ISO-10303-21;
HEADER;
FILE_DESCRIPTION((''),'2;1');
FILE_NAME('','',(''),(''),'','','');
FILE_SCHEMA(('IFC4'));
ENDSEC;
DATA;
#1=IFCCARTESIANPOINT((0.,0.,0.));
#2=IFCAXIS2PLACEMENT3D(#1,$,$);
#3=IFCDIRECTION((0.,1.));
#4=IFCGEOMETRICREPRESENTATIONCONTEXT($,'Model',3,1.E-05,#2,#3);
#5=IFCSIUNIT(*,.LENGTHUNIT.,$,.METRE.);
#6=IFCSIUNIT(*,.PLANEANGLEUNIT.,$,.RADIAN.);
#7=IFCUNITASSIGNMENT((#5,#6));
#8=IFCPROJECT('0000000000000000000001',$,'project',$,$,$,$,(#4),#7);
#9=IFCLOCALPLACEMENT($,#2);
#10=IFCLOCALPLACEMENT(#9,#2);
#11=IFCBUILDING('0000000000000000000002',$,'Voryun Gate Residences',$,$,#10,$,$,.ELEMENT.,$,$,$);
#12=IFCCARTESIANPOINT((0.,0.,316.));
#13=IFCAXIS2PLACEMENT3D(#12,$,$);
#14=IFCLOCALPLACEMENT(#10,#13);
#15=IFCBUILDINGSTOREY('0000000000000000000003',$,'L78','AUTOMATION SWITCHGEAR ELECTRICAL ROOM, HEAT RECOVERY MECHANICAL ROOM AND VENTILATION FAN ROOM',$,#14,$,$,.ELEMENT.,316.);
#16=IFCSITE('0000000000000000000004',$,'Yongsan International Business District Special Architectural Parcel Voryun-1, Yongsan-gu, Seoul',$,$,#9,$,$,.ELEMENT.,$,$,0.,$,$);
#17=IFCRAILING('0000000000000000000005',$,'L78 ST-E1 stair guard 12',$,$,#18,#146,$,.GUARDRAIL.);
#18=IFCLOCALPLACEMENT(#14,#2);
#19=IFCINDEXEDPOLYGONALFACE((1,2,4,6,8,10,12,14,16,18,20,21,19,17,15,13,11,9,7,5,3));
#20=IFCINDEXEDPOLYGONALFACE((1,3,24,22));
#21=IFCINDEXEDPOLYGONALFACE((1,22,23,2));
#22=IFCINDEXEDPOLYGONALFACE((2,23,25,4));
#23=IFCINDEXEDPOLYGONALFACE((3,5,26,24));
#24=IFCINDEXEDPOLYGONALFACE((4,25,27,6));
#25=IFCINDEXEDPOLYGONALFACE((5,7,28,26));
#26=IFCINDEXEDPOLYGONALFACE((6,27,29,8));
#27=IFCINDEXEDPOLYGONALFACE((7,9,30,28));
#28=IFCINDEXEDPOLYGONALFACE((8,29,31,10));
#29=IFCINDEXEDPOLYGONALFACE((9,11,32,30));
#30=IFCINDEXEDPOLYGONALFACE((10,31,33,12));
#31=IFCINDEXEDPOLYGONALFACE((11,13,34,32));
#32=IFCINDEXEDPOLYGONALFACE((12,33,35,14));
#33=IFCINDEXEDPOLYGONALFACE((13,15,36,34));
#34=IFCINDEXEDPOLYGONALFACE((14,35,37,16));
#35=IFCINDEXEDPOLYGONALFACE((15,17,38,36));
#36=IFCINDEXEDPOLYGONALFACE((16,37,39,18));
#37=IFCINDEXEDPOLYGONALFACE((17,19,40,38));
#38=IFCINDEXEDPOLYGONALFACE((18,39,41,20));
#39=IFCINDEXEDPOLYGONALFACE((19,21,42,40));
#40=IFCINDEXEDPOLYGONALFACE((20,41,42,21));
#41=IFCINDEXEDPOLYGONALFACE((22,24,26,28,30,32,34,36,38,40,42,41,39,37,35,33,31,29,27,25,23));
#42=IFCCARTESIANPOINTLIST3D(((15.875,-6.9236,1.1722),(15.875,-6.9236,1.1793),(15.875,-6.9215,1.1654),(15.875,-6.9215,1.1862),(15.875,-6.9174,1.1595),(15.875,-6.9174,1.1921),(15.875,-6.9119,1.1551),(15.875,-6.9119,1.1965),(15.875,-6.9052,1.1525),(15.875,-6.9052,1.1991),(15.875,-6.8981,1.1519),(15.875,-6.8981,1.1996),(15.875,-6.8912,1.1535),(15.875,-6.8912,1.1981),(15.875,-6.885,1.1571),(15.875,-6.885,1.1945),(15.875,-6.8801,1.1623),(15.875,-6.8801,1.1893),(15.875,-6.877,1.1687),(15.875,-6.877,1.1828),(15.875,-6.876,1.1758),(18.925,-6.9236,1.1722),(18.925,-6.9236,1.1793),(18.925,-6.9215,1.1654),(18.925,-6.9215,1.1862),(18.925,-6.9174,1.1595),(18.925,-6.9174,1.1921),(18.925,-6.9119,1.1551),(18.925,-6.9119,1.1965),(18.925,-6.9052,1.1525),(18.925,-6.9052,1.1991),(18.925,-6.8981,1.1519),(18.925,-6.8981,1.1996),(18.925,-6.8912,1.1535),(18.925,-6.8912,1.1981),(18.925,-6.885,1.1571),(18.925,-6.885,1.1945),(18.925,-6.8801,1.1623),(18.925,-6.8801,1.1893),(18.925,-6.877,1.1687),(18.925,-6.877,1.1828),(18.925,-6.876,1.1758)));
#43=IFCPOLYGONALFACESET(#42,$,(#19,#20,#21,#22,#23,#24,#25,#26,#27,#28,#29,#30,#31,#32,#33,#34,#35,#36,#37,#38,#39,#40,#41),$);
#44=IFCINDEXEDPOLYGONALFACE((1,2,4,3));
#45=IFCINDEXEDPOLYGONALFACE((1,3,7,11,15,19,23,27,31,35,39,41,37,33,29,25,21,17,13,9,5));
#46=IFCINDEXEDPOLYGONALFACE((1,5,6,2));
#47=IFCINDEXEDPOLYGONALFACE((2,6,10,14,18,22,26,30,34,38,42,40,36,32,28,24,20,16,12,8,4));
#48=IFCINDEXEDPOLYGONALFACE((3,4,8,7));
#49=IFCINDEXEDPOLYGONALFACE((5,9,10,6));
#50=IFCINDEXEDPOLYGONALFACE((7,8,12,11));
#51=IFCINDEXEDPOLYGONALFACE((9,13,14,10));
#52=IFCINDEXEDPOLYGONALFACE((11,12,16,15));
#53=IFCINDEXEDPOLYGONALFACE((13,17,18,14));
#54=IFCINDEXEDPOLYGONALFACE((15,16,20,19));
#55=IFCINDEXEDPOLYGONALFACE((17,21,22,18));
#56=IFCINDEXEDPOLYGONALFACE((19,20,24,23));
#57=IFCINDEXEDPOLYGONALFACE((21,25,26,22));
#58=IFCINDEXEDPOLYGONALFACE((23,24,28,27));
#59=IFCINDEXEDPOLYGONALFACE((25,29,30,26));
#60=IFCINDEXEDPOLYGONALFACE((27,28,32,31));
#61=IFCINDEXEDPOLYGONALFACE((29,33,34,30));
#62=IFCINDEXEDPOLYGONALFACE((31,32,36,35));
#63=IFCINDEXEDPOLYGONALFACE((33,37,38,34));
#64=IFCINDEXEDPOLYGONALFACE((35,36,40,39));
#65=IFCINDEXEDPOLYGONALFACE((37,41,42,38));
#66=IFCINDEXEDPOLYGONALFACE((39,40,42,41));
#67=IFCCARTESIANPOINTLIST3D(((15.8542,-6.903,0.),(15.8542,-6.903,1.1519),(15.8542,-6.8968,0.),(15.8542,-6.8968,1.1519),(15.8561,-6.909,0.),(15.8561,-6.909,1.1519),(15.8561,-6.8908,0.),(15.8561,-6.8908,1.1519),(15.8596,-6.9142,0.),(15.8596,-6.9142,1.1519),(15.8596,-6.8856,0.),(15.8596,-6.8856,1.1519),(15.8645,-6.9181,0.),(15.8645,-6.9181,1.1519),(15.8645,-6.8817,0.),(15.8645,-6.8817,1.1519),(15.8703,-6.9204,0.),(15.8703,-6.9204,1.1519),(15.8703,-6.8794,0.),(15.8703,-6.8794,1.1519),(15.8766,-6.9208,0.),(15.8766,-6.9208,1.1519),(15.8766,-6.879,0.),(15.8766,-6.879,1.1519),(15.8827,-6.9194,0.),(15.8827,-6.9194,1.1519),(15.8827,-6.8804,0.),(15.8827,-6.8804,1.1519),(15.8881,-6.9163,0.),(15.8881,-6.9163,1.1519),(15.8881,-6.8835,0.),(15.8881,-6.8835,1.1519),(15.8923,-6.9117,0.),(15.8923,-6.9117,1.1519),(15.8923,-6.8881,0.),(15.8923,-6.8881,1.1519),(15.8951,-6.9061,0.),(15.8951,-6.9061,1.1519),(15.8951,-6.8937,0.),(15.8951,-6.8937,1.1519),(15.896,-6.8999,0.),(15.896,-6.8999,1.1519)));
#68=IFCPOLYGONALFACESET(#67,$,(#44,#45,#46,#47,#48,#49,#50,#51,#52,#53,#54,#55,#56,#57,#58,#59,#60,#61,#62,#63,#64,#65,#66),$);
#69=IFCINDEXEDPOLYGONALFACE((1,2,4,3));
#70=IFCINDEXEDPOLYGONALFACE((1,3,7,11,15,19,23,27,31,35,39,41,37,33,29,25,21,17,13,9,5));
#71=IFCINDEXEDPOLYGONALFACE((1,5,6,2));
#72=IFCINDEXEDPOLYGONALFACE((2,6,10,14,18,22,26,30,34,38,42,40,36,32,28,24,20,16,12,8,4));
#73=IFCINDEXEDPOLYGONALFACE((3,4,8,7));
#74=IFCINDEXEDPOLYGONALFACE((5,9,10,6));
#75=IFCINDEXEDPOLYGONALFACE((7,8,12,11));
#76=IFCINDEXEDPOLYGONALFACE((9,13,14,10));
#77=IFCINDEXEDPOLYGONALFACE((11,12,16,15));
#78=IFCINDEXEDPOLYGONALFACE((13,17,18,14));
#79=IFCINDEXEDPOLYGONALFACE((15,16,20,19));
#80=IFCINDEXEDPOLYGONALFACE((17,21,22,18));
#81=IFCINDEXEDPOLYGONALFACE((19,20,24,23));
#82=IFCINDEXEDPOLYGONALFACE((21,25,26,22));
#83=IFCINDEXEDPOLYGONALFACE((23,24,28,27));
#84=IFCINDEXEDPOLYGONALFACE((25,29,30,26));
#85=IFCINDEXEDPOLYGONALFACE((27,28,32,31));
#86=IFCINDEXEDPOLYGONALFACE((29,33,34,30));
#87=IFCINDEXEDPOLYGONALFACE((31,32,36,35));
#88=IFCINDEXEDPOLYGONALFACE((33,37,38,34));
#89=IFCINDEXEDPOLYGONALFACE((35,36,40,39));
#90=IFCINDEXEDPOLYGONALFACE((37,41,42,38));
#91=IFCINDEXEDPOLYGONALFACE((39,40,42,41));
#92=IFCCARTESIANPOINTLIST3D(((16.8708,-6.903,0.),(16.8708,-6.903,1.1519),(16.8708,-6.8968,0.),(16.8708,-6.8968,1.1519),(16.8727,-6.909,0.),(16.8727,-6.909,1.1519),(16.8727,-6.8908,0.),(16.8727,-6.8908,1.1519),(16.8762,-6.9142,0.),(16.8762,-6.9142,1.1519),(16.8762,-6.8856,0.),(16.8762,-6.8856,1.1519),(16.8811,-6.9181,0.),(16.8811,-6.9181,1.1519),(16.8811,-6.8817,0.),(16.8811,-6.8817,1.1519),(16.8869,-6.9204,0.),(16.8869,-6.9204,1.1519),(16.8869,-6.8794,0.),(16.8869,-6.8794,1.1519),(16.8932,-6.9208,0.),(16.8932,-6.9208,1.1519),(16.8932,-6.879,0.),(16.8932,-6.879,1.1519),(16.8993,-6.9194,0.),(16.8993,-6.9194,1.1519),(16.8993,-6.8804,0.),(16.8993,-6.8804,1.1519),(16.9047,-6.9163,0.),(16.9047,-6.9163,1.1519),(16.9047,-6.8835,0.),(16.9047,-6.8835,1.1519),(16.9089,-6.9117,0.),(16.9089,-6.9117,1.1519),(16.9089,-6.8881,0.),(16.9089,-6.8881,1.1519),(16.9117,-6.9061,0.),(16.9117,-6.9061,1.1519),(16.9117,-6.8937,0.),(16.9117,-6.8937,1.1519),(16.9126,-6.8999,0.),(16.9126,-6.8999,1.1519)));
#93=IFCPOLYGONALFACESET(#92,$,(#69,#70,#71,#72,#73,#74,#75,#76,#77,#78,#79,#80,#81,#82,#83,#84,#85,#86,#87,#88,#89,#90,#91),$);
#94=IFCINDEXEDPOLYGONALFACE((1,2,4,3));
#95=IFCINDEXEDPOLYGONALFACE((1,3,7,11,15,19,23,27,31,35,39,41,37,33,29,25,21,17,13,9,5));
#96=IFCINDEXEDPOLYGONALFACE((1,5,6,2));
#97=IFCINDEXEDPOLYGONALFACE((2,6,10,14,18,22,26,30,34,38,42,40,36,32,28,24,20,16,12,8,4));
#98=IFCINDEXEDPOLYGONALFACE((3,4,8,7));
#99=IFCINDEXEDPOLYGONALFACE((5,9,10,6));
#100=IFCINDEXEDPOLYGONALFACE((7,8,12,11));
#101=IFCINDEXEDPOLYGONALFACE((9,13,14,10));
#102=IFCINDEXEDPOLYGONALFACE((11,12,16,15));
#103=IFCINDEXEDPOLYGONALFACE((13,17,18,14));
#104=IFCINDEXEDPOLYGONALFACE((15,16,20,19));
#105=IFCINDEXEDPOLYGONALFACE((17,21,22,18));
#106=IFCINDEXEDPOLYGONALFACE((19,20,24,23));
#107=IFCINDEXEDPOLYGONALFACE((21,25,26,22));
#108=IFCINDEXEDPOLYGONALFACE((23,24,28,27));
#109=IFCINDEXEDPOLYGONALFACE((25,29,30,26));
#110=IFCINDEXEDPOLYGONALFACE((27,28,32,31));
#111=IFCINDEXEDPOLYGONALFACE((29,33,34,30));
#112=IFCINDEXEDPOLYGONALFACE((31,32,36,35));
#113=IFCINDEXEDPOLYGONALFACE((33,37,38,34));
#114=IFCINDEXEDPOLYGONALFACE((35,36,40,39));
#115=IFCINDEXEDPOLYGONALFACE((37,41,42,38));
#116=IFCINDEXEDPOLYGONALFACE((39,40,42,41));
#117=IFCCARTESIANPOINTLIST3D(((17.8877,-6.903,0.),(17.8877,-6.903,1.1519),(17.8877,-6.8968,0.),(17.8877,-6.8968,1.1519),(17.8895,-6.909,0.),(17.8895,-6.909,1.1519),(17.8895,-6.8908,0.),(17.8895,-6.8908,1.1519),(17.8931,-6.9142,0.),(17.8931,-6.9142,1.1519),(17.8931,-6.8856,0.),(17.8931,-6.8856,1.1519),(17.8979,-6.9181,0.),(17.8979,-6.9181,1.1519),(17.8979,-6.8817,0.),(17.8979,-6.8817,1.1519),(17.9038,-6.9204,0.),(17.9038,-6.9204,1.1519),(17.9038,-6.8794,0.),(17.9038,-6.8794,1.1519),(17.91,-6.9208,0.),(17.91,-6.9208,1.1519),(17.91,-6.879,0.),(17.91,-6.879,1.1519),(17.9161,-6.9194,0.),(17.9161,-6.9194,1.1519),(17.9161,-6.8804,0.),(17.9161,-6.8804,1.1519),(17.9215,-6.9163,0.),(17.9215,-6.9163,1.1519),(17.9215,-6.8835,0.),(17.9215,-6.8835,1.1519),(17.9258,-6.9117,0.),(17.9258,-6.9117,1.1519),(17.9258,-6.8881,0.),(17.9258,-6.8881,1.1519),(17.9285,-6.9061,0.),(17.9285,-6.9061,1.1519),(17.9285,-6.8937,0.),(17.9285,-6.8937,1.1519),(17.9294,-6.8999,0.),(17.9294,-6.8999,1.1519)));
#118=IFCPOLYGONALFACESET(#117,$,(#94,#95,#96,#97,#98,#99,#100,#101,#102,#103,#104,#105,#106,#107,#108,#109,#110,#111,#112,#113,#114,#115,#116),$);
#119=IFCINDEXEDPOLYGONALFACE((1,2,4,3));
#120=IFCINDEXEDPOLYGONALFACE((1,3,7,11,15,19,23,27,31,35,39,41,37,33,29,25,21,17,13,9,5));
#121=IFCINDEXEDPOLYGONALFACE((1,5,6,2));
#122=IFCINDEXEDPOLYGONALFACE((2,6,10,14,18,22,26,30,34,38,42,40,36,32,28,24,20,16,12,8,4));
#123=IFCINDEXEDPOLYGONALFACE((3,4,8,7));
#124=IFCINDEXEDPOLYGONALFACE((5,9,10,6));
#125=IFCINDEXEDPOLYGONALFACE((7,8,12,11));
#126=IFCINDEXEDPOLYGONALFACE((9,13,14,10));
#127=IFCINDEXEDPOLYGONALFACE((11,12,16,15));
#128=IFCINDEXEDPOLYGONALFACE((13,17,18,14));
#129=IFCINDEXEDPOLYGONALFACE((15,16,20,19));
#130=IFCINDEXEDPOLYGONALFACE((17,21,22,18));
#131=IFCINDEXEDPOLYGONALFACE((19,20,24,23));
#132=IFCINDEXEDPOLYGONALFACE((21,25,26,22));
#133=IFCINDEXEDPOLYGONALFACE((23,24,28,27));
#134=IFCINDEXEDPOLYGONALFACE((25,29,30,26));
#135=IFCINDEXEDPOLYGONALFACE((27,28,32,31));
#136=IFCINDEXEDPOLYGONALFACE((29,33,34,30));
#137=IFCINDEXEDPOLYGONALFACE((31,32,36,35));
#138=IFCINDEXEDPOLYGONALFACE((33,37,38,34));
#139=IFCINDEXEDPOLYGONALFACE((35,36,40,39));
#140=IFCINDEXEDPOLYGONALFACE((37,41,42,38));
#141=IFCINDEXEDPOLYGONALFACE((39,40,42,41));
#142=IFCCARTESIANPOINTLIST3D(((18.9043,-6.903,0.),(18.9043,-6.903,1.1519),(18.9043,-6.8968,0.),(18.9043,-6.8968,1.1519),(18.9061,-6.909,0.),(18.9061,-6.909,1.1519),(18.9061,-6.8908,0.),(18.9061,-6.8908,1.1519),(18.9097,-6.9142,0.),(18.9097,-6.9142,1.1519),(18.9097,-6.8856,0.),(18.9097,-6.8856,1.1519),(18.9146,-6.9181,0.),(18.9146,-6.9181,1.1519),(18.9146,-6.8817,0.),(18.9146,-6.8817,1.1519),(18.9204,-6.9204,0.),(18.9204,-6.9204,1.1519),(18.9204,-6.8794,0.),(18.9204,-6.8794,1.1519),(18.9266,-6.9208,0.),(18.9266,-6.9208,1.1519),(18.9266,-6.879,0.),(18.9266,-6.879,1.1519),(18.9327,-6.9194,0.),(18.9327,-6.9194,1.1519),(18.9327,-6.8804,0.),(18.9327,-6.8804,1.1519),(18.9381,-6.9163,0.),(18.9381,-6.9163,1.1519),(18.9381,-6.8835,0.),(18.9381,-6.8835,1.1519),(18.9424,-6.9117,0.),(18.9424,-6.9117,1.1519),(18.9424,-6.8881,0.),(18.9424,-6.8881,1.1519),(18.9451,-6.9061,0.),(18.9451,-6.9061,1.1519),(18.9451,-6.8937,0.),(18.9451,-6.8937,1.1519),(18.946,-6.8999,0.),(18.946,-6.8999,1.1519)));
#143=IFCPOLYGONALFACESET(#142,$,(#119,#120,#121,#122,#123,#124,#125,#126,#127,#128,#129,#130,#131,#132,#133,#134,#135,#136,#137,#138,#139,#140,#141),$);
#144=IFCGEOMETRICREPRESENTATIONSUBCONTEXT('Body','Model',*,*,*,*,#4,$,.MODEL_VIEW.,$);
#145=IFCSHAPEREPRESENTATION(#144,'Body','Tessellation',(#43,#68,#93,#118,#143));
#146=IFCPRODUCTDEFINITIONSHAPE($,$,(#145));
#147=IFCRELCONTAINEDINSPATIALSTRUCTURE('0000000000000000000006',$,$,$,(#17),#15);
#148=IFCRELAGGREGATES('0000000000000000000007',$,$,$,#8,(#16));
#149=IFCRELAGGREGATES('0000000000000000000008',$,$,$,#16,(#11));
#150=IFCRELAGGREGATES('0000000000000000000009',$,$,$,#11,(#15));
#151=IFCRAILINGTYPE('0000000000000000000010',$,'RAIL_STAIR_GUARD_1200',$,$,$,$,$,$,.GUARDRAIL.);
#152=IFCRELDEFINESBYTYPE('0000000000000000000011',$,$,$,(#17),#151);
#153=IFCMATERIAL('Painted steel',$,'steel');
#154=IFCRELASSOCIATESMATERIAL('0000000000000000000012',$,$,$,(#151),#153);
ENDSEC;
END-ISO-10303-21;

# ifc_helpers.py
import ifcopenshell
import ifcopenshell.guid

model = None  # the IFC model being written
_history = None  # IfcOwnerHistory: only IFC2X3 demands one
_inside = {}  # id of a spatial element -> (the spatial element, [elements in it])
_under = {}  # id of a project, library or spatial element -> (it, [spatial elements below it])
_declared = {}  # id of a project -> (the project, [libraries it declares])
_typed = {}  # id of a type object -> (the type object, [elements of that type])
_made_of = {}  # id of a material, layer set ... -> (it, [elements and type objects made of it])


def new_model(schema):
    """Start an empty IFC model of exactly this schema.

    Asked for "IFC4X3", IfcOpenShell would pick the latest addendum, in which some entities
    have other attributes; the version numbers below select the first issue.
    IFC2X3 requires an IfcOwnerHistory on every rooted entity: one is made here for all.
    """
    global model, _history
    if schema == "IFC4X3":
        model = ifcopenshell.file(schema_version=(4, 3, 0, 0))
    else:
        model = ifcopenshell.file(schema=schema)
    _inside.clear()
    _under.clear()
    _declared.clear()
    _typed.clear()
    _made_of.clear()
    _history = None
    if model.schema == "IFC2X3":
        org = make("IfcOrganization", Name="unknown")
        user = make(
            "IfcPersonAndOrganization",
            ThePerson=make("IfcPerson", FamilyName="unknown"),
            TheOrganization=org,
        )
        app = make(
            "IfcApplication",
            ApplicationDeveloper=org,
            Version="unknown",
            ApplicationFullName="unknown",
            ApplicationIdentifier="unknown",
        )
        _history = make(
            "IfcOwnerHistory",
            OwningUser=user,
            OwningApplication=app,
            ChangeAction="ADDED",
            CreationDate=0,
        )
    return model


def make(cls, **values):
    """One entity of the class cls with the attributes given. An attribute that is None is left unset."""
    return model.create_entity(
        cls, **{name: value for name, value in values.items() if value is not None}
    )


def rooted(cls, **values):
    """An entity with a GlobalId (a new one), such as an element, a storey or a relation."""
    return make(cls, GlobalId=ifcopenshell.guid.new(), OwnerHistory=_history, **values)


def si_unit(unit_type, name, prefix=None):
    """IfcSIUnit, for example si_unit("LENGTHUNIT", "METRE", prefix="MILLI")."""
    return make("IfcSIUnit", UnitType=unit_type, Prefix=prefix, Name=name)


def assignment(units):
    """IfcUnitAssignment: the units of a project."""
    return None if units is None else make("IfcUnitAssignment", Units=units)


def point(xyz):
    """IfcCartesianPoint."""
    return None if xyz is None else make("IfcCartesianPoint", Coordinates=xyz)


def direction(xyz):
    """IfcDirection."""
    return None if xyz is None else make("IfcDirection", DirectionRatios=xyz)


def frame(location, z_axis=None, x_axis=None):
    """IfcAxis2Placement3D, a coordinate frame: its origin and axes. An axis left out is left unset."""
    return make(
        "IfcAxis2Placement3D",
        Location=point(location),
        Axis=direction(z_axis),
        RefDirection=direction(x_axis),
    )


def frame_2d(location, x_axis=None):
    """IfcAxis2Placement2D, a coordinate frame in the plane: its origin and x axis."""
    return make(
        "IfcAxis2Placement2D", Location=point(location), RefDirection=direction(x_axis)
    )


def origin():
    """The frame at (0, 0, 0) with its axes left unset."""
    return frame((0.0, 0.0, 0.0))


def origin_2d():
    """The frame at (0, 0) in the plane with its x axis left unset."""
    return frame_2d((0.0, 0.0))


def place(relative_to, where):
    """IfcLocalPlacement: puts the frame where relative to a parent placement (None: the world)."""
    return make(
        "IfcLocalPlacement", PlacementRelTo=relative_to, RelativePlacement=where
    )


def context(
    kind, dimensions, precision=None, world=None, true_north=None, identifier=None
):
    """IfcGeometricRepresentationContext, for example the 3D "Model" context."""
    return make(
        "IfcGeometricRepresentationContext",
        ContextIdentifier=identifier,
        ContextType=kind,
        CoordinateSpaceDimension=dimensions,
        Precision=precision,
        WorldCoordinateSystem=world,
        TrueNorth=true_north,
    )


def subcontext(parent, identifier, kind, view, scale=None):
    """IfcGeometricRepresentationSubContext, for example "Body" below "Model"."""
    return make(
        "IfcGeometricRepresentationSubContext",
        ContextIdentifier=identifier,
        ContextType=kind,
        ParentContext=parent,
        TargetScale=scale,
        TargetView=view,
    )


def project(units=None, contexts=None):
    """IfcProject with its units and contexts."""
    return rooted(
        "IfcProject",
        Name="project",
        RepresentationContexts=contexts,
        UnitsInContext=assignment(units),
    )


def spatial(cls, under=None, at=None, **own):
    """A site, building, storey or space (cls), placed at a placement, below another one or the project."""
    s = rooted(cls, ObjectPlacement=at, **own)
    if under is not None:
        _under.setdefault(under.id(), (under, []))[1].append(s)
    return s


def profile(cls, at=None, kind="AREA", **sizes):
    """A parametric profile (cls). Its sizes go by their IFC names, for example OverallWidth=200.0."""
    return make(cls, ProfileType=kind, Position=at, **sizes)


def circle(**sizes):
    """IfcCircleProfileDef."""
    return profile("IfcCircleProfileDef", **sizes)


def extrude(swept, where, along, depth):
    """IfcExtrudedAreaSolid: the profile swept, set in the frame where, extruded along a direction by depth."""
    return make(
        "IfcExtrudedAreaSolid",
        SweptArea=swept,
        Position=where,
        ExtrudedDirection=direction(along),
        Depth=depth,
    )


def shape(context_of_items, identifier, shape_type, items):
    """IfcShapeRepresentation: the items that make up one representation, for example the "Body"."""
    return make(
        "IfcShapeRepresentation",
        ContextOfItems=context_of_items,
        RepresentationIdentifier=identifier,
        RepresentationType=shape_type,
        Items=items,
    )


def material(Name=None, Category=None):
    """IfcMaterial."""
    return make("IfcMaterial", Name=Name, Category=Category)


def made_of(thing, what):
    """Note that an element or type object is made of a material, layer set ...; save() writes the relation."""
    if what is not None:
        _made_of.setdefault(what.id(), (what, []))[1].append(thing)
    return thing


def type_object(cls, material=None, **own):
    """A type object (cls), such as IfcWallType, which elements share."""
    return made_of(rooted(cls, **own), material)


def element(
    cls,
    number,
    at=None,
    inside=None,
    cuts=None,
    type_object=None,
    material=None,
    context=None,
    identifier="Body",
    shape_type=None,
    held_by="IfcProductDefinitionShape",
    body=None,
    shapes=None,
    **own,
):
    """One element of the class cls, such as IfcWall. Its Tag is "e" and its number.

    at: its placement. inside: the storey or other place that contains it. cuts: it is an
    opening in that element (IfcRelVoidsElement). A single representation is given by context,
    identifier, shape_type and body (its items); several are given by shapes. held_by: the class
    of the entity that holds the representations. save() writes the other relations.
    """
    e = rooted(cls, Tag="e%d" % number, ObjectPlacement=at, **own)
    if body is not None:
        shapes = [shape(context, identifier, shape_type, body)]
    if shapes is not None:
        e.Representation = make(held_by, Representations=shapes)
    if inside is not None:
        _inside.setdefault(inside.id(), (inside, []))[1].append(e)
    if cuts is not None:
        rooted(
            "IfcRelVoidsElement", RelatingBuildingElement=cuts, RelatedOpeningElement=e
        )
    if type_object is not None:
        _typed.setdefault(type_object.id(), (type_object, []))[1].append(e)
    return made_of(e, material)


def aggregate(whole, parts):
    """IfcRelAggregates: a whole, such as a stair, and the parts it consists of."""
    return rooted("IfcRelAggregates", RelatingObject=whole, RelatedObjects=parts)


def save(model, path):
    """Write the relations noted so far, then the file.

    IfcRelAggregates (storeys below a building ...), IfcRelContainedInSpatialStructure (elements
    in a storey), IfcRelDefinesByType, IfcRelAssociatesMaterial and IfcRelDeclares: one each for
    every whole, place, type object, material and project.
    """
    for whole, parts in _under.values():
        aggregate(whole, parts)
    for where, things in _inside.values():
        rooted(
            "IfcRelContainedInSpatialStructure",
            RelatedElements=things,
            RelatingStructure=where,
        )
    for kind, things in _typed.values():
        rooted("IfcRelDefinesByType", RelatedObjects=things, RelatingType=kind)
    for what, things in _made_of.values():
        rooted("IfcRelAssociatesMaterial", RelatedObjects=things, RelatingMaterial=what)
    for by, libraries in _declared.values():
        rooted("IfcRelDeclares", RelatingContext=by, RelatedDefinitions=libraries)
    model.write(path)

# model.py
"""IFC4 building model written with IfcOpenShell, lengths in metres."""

from ifc_helpers import new_model, si_unit, direction, frame, origin, origin_2d, place, context, subcontext, project, spatial, circle, extrude, material, type_object, element, save


model = new_model("IFC4")

# Units and contexts
model_context = context("Model", 3, precision=1e-05, world=origin(), true_north=direction((0.0, 1.0)))
body_context = subcontext(model_context, "Body", "Model", "MODEL_VIEW")
ifc_project = project(units=[si_unit("LENGTHUNIT", "METRE"), si_unit("PLANEANGLEUNIT", "RADIAN")], contexts=[model_context])

# Site, building, storey
site_placement = place(None, origin())
site = spatial("IfcSite", under=ifc_project, at=site_placement, Name="Yongsan International Business District Special Architectural Parcel Voryun-1, Yongsan-gu, Seoul", CompositionType="ELEMENT", RefElevation=0.0)
building_placement = place(site_placement, origin())
building = spatial("IfcBuilding", under=site, at=building_placement, Name="Voryun Gate Residences", CompositionType="ELEMENT")
storey_placement = place(building_placement, frame((0.0, 0.0, 316.0)))
storey = spatial("IfcBuildingStorey", under=building, at=storey_placement, Name="L78", Description="AUTOMATION SWITCHGEAR ELECTRICAL ROOM, HEAT RECOVERY MECHANICAL ROOM AND VENTILATION FAN ROOM", CompositionType="ELEMENT", Elevation=316.0)

# Railing
ifc_material_1 = material(Name="Painted steel", Category="steel")
railing_type = type_object("IfcRailingType", Name="RAIL_STAIR_GUARD_1200", PredefinedType="GUARDRAIL", material=ifc_material_1)
railing_1_placement = place(storey_placement, frame((15.875, -6.8999, 0.0)))
element("IfcRailing", 1, at=railing_1_placement, inside=storey, type_object=railing_type, Name="L78 ST-E1 stair guard 12", PredefinedType="GUARDRAIL", context=body_context, shape_type="SweptSolid", body=[
    extrude(circle(Radius=0.0239, at=origin_2d()), frame((0.0, 0.0, 1.1758), z_axis=(1.0, 0.0, 0.0), x_axis=(0.0, 1.0, 0.0)), (0.0, 0.0, 1.0), 3.05),
    extrude(circle(Radius=0.021, at=origin_2d()), origin(), (0.0, 0.0, 1.0), 1.1519),
    extrude(circle(Radius=0.021, at=origin_2d()), frame((1.0166, 0.0, 0.0)), (0.0, 0.0, 1.0), 1.1519),
    extrude(circle(Radius=0.021, at=origin_2d()), frame((2.0334, 0.0, 0.0)), (0.0, 0.0, 1.0), 1.1519),
    extrude(circle(Radius=0.021, at=origin_2d()), frame((3.05, 0.0, 0.0)), (0.0, 0.0, 1.0), 1.1519),
])

save(model, "model.ifc")
